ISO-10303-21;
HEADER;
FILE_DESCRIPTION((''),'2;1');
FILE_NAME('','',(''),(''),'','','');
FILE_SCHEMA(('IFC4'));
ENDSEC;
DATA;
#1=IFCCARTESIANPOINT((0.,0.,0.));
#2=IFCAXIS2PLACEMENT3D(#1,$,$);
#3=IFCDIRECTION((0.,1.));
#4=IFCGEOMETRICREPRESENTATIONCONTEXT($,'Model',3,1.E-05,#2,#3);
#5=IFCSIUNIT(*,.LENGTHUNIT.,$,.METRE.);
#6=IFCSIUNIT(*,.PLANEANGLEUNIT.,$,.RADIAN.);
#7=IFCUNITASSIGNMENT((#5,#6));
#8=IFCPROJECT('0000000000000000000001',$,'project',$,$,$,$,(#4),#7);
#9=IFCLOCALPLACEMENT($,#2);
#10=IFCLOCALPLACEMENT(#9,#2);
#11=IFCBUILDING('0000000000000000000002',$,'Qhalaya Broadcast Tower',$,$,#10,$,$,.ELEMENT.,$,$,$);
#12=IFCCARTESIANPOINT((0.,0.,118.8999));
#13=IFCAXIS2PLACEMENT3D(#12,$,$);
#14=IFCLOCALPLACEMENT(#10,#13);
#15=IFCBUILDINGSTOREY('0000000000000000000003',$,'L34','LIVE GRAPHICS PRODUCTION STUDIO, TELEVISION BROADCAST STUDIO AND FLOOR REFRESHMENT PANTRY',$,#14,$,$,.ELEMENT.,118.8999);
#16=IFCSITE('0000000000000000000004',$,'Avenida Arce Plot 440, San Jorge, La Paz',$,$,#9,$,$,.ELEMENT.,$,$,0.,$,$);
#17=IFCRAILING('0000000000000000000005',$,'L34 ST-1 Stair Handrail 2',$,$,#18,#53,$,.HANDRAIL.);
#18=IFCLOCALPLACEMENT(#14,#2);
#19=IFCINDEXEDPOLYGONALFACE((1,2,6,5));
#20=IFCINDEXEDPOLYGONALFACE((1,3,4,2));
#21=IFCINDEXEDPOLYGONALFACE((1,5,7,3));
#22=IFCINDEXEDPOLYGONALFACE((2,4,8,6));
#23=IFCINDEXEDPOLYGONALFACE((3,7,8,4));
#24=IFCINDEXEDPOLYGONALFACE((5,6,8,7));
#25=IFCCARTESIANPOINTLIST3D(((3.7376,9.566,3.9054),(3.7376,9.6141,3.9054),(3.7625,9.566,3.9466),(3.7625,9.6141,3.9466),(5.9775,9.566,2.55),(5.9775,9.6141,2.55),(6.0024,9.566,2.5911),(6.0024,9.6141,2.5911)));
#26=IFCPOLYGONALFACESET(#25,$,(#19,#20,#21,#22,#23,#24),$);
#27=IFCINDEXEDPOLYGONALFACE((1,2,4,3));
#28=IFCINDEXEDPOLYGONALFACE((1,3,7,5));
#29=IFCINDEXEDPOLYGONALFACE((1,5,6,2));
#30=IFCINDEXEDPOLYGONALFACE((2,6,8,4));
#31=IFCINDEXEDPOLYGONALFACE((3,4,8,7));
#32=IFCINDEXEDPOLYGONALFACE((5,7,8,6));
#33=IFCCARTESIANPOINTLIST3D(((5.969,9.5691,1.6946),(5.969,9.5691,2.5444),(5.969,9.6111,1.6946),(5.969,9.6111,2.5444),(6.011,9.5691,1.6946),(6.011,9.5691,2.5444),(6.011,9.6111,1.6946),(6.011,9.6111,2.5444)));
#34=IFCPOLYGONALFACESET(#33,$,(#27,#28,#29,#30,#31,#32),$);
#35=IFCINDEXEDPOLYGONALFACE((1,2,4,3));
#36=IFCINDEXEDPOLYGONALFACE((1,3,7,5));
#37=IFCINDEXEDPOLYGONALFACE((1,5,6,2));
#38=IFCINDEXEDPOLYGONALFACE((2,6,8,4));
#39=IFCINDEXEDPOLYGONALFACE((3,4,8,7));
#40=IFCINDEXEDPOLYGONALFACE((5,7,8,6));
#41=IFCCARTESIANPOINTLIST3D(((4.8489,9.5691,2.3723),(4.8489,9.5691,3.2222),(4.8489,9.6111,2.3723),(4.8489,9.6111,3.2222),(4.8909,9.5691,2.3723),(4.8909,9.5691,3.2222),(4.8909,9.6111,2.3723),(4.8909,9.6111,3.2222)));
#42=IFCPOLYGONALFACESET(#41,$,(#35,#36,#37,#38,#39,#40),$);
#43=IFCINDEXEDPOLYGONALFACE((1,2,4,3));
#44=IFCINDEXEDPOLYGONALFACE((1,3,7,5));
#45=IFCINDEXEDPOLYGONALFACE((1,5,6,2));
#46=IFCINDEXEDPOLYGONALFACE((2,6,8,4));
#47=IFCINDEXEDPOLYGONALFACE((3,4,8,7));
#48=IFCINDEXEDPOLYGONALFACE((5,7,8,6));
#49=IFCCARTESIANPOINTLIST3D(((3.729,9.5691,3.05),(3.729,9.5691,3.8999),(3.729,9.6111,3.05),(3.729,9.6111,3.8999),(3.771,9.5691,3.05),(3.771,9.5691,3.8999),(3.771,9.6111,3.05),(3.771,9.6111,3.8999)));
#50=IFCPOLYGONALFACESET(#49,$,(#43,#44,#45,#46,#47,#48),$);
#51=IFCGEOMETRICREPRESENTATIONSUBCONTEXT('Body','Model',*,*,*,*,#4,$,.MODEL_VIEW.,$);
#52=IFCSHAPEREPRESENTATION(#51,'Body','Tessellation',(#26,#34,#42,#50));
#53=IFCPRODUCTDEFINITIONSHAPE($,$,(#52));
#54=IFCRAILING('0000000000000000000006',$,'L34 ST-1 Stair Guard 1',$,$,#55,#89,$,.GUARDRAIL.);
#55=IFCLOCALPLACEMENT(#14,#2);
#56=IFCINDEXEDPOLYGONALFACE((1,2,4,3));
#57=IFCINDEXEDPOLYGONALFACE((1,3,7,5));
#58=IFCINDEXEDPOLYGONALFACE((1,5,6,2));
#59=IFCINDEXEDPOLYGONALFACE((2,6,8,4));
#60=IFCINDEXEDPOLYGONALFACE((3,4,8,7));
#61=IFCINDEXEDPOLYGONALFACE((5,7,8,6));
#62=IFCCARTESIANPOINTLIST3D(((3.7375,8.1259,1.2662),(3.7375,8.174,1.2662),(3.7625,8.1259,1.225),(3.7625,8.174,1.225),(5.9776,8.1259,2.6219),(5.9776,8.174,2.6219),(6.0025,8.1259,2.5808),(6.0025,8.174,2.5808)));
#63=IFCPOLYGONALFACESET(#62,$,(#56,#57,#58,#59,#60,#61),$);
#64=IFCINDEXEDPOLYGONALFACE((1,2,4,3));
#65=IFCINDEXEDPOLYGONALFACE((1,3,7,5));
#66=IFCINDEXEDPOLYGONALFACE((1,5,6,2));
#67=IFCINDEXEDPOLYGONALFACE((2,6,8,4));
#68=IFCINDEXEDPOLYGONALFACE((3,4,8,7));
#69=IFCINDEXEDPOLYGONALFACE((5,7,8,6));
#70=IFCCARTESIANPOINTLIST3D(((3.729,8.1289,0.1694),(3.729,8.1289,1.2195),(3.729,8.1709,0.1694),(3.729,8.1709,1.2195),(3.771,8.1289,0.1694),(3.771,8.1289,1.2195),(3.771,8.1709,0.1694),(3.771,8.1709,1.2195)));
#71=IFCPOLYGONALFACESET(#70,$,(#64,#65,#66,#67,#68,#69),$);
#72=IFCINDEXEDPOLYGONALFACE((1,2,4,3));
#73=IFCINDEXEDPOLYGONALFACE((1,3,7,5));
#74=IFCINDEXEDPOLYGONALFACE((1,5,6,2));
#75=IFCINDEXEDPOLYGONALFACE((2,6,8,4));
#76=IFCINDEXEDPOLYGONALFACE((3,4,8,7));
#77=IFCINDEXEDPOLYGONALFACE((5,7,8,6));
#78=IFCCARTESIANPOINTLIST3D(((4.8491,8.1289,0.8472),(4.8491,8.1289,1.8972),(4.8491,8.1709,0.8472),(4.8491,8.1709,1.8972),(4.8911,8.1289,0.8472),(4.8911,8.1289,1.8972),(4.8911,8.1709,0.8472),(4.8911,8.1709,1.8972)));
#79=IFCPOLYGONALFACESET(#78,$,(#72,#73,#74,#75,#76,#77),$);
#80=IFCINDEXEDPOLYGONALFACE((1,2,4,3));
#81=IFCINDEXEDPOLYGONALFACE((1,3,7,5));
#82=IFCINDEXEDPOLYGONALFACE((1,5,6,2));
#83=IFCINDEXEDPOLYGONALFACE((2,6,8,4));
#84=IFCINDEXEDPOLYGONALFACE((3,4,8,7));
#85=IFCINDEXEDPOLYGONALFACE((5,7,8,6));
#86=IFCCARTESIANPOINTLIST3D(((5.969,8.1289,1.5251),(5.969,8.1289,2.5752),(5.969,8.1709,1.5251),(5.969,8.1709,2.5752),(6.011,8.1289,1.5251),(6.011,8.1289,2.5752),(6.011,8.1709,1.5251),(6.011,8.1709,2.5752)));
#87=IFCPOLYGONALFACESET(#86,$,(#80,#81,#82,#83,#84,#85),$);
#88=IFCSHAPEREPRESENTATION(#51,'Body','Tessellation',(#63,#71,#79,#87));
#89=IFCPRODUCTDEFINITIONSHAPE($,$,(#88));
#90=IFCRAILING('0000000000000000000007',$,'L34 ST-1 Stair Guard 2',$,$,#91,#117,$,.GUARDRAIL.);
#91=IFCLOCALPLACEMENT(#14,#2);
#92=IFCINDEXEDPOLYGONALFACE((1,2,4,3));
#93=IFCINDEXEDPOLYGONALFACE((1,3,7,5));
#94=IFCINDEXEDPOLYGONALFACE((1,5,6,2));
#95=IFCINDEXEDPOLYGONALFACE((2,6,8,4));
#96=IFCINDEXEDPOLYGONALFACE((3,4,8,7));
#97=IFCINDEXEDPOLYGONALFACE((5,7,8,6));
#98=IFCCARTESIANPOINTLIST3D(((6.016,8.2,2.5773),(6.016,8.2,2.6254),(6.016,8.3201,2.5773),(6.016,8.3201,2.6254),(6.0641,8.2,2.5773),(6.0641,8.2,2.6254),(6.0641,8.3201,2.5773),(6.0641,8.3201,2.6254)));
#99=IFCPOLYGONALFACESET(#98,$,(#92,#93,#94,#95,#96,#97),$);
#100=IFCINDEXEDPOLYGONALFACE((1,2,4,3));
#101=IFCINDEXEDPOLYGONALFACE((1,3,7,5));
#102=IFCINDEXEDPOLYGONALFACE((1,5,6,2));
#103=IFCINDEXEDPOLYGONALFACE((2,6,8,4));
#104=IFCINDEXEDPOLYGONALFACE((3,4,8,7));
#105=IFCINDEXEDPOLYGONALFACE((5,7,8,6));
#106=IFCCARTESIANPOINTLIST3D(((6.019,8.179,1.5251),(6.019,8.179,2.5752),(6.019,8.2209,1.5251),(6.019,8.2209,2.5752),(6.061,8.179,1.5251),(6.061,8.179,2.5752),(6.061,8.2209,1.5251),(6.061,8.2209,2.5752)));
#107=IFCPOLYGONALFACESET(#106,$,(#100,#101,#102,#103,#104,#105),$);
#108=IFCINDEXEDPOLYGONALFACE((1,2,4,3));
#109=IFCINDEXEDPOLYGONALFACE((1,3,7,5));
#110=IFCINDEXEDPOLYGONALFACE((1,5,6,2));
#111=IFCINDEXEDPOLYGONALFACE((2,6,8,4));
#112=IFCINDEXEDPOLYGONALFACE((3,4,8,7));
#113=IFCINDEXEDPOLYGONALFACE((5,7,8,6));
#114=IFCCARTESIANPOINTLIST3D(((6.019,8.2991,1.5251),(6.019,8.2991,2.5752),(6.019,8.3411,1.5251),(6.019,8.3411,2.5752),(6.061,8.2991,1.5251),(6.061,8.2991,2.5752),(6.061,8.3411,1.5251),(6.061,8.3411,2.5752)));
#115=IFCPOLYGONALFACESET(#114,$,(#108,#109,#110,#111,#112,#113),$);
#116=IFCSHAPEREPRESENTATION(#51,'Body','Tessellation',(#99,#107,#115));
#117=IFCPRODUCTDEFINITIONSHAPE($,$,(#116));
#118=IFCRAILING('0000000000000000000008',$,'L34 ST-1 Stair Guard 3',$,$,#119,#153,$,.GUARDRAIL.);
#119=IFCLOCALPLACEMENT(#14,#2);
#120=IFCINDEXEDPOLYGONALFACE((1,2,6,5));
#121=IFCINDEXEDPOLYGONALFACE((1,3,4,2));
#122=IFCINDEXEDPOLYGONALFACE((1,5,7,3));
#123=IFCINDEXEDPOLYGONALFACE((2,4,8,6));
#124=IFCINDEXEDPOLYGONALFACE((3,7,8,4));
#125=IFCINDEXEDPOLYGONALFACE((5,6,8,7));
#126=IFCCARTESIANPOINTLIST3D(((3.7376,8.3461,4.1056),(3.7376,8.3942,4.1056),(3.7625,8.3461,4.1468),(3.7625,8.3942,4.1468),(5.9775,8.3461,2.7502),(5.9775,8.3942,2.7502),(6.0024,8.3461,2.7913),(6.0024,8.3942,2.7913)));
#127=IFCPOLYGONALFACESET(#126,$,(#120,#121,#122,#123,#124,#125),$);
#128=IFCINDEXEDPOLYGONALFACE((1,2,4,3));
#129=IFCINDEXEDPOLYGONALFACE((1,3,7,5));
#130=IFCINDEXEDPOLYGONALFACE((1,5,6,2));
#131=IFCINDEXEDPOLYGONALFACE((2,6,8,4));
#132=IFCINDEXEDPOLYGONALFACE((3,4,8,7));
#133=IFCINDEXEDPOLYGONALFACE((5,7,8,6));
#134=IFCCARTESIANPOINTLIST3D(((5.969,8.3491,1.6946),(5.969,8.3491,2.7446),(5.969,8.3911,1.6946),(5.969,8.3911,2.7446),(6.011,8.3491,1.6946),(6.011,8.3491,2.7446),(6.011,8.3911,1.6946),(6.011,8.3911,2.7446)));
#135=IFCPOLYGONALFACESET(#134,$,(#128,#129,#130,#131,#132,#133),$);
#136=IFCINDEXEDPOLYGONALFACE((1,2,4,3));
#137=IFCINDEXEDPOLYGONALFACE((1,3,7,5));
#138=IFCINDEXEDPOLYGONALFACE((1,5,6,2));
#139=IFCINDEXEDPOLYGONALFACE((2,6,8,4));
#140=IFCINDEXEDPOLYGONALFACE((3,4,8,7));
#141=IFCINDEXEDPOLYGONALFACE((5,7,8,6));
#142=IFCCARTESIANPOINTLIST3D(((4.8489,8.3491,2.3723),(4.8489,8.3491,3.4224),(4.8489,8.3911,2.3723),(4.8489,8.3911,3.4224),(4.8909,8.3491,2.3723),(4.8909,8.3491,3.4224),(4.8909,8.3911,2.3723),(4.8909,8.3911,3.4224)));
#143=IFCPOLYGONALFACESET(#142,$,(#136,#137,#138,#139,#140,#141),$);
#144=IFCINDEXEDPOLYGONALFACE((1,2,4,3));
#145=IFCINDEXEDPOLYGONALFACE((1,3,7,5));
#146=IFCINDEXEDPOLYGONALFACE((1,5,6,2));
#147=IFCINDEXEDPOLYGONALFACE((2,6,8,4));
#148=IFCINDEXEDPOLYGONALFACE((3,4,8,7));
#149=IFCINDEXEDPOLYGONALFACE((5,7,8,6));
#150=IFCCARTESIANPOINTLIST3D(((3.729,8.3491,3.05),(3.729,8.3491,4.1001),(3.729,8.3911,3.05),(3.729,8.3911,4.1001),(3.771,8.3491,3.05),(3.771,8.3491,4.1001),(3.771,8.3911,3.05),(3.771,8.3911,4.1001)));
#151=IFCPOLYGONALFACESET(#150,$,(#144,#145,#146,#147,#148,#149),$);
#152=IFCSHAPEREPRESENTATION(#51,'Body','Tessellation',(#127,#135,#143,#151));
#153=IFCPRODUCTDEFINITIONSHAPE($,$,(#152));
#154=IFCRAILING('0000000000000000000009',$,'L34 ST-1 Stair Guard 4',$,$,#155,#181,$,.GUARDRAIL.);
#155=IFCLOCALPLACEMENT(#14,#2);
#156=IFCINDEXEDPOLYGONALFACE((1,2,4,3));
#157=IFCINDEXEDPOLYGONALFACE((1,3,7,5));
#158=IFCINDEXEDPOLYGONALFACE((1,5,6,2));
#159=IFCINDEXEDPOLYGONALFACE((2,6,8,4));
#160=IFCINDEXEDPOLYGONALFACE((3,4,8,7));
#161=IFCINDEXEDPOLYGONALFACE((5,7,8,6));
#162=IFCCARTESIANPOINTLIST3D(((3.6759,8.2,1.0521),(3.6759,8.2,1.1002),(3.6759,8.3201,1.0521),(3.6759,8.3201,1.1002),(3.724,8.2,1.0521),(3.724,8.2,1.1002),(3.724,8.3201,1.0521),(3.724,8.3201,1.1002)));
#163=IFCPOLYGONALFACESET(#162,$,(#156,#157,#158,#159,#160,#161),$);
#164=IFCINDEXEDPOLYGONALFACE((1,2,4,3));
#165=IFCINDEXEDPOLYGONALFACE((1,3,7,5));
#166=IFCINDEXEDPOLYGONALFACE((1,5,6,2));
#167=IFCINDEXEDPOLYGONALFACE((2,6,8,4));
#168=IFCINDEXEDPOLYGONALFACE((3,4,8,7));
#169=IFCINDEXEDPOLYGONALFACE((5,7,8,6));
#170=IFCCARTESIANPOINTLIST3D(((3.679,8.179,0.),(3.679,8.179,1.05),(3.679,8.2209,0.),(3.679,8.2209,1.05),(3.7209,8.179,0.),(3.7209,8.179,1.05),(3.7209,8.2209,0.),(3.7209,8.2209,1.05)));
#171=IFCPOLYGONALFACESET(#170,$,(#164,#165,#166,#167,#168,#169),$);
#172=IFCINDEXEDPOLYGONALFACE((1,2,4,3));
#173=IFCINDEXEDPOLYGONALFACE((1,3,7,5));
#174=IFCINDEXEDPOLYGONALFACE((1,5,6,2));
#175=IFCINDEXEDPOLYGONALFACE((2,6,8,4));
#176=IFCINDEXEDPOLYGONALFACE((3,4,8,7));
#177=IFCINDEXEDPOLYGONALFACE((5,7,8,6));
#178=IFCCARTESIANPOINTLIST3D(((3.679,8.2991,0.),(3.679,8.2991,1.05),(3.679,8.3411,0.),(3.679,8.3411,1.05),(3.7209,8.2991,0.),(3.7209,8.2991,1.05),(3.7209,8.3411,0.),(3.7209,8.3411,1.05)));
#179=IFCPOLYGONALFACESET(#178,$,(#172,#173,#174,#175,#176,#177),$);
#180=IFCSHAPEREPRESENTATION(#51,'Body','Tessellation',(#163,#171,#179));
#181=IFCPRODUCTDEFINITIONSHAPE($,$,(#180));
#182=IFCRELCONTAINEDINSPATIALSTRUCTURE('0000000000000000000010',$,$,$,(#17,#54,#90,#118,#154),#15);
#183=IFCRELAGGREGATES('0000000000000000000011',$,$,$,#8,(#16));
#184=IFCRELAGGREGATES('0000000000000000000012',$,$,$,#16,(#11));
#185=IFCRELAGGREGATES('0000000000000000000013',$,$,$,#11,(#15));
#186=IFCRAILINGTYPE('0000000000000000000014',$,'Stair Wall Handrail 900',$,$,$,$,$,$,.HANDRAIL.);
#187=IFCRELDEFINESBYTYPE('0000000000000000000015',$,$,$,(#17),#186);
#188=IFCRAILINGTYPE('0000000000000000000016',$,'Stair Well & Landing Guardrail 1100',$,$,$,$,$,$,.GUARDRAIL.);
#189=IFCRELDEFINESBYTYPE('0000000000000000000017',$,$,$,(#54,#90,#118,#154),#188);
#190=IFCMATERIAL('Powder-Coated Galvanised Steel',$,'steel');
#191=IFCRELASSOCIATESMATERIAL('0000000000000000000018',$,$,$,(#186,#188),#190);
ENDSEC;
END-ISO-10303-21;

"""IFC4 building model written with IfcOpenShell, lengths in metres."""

from ifc_helpers import new_model, si_unit, direction, frame, origin, origin_2d, place, context, subcontext, project, spatial, rectangle, extrude, material, type_object, element, save


model = new_model("IFC4")

# Units and contexts
model_context = context("Model", 3, precision=1e-05, world=origin(), true_north=direction((0.0, 1.0)))
body_context = subcontext(model_context, "Body", "Model", "MODEL_VIEW")
ifc_project = project(units=[si_unit("LENGTHUNIT", "METRE"), si_unit("PLANEANGLEUNIT", "RADIAN")], contexts=[model_context])

# Site, building, storey
site_placement = place(None, origin())
site = spatial("IfcSite", under=ifc_project, at=site_placement, Name="Avenida Arce Plot 440, San Jorge, La Paz", CompositionType="ELEMENT", RefElevation=0.0)
building_placement = place(site_placement, origin())
building = spatial("IfcBuilding", under=site, at=building_placement, Name="Qhalaya Broadcast Tower", CompositionType="ELEMENT")
storey_placement = place(building_placement, frame((0.0, 0.0, 118.8999)))
storey = spatial("IfcBuildingStorey", under=building, at=storey_placement, Name="L34", Description="LIVE GRAPHICS PRODUCTION STUDIO, TELEVISION BROADCAST STUDIO AND FLOOR REFRESHMENT PANTRY", CompositionType="ELEMENT", Elevation=118.8999)

# Railings
ifc_material_1 = material(Name="Powder-Coated Galvanised Steel", Category="steel")
railing_type_1 = type_object("IfcRailingType", Name="Stair Wall Handrail 900", PredefinedType="HANDRAIL", material=ifc_material_1)
railing_1_placement = place(storey_placement, frame((5.99, 9.5901, 1.6946)))
element("IfcRailing", 1, at=railing_1_placement, inside=storey, type_object=railing_type_1, Name="L34 ST-1 Stair Handrail 2", PredefinedType="HANDRAIL", context=body_context, shape_type="SweptSolid", body=[
    extrude(rectangle(XDim=0.0481, YDim=0.0481, at=origin_2d()), frame((0.0, 0.0, 0.876), z_axis=(-0.855553, 0.0, 0.517715), x_axis=(0.0, -1.0, 0.0)), (0.0, 0.0, 1.0), 2.6182),
    extrude(rectangle(XDim=0.042, YDim=0.042, at=origin_2d()), origin(), (0.0, 0.0, 1.0), 0.8499),
    extrude(rectangle(XDim=0.042, YDim=0.042, at=origin_2d()), frame((-1.1201, 0.0, 0.6777)), (0.0, 0.0, 1.0), 0.8499),
    extrude(rectangle(XDim=0.042, YDim=0.042, at=origin_2d()), frame((-2.24, 0.0, 1.3555)), (0.0, 0.0, 1.0), 0.8499),
])
railing_type_2 = type_object("IfcRailingType", Name="Stair Well & Landing Guardrail 1100", PredefinedType="GUARDRAIL", material=ifc_material_1)
railing_2_placement = place(storey_placement, frame((3.75, 8.1499, 0.1694)))
element("IfcRailing", 2, at=railing_2_placement, inside=storey, type_object=railing_type_2, Name="L34 ST-1 Stair Guard 1", PredefinedType="GUARDRAIL", context=body_context, shape_type="SweptSolid", body=[
    extrude(rectangle(XDim=0.0481, YDim=0.0481, at=origin_2d()), frame((0.0, 0.0, 1.0762), z_axis=(0.855512, 0.0, 0.517783), x_axis=(0.0, 1.0, 0.0)), (0.0, 0.0, 1.0), 2.6184),
    extrude(rectangle(XDim=0.042, YDim=0.042, at=origin_2d()), origin(), (0.0, 0.0, 1.0), 1.05),
    extrude(rectangle(XDim=0.042, YDim=0.042, at=origin_2d()), frame((1.1201, 0.0, 0.6777)), (0.0, 0.0, 1.0), 1.05),
    extrude(rectangle(XDim=0.042, YDim=0.042, at=origin_2d()), frame((2.24, 0.0, 1.3557)), (0.0, 0.0, 1.0), 1.05),
])
railing_3_placement = place(storey_placement, frame((6.04, 8.2, 1.5251)))
element("IfcRailing", 3, at=railing_3_placement, inside=storey, type_object=railing_type_2, Name="L34 ST-1 Stair Guard 2", PredefinedType="GUARDRAIL", context=body_context, shape_type="SweptSolid", body=[
    extrude(rectangle(XDim=0.0481, YDim=0.0481, at=origin_2d()), frame((0.0, 0.0, 1.0762), z_axis=(0.0, 1.0, 0.0), x_axis=(-1.0, 0.0, 0.0)), (0.0, 0.0, 1.0), 0.1201),
    extrude(rectangle(XDim=0.042, YDim=0.042, at=origin_2d()), origin(), (0.0, 0.0, 1.0), 1.05),
    extrude(rectangle(XDim=0.042, YDim=0.042, at=origin_2d()), frame((0.0, 0.1201, 0.0)), (0.0, 0.0, 1.0), 1.05),
])
railing_4_placement = place(storey_placement, frame((5.99, 8.3701, 1.6946)))
element("IfcRailing", 4, at=railing_4_placement, inside=storey, type_object=railing_type_2, Name="L34 ST-1 Stair Guard 3", PredefinedType="GUARDRAIL", context=body_context, shape_type="SweptSolid", body=[
    extrude(rectangle(XDim=0.0481, YDim=0.0481, at=origin_2d()), frame((0.0, 0.0, 1.0762), z_axis=(-0.855553, 0.0, 0.517715), x_axis=(0.0, -1.0, 0.0)), (0.0, 0.0, 1.0), 2.6182),
    extrude(rectangle(XDim=0.042, YDim=0.042, at=origin_2d()), origin(), (0.0, 0.0, 1.0), 1.05),
    extrude(rectangle(XDim=0.042, YDim=0.042, at=origin_2d()), frame((-1.1201, 0.0, 0.6777)), (0.0, 0.0, 1.0), 1.05),
    extrude(rectangle(XDim=0.042, YDim=0.042, at=origin_2d()), frame((-2.24, 0.0, 1.3555)), (0.0, 0.0, 1.0), 1.05),
])
railing_5_placement = place(storey_placement, frame((3.7, 8.2, 0.0)))
element("IfcRailing", 5, at=railing_5_placement, inside=storey, type_object=railing_type_2, Name="L34 ST-1 Stair Guard 4", PredefinedType="GUARDRAIL", context=body_context, shape_type="SweptSolid", body=[
    extrude(rectangle(XDim=0.0481, YDim=0.0481, at=origin_2d()), frame((0.0, 0.0, 1.0762), z_axis=(0.0, 1.0, 0.0), x_axis=(-1.0, 0.0, 0.0)), (0.0, 0.0, 1.0), 0.1201),
    extrude(rectangle(XDim=0.042, YDim=0.042, at=origin_2d()), origin(), (0.0, 0.0, 1.0), 1.05),
    extrude(rectangle(XDim=0.042, YDim=0.042, at=origin_2d()), frame((0.0, 0.1201, 0.0)), (0.0, 0.0, 1.0), 1.05),
])

save(model, "model.ifc")
